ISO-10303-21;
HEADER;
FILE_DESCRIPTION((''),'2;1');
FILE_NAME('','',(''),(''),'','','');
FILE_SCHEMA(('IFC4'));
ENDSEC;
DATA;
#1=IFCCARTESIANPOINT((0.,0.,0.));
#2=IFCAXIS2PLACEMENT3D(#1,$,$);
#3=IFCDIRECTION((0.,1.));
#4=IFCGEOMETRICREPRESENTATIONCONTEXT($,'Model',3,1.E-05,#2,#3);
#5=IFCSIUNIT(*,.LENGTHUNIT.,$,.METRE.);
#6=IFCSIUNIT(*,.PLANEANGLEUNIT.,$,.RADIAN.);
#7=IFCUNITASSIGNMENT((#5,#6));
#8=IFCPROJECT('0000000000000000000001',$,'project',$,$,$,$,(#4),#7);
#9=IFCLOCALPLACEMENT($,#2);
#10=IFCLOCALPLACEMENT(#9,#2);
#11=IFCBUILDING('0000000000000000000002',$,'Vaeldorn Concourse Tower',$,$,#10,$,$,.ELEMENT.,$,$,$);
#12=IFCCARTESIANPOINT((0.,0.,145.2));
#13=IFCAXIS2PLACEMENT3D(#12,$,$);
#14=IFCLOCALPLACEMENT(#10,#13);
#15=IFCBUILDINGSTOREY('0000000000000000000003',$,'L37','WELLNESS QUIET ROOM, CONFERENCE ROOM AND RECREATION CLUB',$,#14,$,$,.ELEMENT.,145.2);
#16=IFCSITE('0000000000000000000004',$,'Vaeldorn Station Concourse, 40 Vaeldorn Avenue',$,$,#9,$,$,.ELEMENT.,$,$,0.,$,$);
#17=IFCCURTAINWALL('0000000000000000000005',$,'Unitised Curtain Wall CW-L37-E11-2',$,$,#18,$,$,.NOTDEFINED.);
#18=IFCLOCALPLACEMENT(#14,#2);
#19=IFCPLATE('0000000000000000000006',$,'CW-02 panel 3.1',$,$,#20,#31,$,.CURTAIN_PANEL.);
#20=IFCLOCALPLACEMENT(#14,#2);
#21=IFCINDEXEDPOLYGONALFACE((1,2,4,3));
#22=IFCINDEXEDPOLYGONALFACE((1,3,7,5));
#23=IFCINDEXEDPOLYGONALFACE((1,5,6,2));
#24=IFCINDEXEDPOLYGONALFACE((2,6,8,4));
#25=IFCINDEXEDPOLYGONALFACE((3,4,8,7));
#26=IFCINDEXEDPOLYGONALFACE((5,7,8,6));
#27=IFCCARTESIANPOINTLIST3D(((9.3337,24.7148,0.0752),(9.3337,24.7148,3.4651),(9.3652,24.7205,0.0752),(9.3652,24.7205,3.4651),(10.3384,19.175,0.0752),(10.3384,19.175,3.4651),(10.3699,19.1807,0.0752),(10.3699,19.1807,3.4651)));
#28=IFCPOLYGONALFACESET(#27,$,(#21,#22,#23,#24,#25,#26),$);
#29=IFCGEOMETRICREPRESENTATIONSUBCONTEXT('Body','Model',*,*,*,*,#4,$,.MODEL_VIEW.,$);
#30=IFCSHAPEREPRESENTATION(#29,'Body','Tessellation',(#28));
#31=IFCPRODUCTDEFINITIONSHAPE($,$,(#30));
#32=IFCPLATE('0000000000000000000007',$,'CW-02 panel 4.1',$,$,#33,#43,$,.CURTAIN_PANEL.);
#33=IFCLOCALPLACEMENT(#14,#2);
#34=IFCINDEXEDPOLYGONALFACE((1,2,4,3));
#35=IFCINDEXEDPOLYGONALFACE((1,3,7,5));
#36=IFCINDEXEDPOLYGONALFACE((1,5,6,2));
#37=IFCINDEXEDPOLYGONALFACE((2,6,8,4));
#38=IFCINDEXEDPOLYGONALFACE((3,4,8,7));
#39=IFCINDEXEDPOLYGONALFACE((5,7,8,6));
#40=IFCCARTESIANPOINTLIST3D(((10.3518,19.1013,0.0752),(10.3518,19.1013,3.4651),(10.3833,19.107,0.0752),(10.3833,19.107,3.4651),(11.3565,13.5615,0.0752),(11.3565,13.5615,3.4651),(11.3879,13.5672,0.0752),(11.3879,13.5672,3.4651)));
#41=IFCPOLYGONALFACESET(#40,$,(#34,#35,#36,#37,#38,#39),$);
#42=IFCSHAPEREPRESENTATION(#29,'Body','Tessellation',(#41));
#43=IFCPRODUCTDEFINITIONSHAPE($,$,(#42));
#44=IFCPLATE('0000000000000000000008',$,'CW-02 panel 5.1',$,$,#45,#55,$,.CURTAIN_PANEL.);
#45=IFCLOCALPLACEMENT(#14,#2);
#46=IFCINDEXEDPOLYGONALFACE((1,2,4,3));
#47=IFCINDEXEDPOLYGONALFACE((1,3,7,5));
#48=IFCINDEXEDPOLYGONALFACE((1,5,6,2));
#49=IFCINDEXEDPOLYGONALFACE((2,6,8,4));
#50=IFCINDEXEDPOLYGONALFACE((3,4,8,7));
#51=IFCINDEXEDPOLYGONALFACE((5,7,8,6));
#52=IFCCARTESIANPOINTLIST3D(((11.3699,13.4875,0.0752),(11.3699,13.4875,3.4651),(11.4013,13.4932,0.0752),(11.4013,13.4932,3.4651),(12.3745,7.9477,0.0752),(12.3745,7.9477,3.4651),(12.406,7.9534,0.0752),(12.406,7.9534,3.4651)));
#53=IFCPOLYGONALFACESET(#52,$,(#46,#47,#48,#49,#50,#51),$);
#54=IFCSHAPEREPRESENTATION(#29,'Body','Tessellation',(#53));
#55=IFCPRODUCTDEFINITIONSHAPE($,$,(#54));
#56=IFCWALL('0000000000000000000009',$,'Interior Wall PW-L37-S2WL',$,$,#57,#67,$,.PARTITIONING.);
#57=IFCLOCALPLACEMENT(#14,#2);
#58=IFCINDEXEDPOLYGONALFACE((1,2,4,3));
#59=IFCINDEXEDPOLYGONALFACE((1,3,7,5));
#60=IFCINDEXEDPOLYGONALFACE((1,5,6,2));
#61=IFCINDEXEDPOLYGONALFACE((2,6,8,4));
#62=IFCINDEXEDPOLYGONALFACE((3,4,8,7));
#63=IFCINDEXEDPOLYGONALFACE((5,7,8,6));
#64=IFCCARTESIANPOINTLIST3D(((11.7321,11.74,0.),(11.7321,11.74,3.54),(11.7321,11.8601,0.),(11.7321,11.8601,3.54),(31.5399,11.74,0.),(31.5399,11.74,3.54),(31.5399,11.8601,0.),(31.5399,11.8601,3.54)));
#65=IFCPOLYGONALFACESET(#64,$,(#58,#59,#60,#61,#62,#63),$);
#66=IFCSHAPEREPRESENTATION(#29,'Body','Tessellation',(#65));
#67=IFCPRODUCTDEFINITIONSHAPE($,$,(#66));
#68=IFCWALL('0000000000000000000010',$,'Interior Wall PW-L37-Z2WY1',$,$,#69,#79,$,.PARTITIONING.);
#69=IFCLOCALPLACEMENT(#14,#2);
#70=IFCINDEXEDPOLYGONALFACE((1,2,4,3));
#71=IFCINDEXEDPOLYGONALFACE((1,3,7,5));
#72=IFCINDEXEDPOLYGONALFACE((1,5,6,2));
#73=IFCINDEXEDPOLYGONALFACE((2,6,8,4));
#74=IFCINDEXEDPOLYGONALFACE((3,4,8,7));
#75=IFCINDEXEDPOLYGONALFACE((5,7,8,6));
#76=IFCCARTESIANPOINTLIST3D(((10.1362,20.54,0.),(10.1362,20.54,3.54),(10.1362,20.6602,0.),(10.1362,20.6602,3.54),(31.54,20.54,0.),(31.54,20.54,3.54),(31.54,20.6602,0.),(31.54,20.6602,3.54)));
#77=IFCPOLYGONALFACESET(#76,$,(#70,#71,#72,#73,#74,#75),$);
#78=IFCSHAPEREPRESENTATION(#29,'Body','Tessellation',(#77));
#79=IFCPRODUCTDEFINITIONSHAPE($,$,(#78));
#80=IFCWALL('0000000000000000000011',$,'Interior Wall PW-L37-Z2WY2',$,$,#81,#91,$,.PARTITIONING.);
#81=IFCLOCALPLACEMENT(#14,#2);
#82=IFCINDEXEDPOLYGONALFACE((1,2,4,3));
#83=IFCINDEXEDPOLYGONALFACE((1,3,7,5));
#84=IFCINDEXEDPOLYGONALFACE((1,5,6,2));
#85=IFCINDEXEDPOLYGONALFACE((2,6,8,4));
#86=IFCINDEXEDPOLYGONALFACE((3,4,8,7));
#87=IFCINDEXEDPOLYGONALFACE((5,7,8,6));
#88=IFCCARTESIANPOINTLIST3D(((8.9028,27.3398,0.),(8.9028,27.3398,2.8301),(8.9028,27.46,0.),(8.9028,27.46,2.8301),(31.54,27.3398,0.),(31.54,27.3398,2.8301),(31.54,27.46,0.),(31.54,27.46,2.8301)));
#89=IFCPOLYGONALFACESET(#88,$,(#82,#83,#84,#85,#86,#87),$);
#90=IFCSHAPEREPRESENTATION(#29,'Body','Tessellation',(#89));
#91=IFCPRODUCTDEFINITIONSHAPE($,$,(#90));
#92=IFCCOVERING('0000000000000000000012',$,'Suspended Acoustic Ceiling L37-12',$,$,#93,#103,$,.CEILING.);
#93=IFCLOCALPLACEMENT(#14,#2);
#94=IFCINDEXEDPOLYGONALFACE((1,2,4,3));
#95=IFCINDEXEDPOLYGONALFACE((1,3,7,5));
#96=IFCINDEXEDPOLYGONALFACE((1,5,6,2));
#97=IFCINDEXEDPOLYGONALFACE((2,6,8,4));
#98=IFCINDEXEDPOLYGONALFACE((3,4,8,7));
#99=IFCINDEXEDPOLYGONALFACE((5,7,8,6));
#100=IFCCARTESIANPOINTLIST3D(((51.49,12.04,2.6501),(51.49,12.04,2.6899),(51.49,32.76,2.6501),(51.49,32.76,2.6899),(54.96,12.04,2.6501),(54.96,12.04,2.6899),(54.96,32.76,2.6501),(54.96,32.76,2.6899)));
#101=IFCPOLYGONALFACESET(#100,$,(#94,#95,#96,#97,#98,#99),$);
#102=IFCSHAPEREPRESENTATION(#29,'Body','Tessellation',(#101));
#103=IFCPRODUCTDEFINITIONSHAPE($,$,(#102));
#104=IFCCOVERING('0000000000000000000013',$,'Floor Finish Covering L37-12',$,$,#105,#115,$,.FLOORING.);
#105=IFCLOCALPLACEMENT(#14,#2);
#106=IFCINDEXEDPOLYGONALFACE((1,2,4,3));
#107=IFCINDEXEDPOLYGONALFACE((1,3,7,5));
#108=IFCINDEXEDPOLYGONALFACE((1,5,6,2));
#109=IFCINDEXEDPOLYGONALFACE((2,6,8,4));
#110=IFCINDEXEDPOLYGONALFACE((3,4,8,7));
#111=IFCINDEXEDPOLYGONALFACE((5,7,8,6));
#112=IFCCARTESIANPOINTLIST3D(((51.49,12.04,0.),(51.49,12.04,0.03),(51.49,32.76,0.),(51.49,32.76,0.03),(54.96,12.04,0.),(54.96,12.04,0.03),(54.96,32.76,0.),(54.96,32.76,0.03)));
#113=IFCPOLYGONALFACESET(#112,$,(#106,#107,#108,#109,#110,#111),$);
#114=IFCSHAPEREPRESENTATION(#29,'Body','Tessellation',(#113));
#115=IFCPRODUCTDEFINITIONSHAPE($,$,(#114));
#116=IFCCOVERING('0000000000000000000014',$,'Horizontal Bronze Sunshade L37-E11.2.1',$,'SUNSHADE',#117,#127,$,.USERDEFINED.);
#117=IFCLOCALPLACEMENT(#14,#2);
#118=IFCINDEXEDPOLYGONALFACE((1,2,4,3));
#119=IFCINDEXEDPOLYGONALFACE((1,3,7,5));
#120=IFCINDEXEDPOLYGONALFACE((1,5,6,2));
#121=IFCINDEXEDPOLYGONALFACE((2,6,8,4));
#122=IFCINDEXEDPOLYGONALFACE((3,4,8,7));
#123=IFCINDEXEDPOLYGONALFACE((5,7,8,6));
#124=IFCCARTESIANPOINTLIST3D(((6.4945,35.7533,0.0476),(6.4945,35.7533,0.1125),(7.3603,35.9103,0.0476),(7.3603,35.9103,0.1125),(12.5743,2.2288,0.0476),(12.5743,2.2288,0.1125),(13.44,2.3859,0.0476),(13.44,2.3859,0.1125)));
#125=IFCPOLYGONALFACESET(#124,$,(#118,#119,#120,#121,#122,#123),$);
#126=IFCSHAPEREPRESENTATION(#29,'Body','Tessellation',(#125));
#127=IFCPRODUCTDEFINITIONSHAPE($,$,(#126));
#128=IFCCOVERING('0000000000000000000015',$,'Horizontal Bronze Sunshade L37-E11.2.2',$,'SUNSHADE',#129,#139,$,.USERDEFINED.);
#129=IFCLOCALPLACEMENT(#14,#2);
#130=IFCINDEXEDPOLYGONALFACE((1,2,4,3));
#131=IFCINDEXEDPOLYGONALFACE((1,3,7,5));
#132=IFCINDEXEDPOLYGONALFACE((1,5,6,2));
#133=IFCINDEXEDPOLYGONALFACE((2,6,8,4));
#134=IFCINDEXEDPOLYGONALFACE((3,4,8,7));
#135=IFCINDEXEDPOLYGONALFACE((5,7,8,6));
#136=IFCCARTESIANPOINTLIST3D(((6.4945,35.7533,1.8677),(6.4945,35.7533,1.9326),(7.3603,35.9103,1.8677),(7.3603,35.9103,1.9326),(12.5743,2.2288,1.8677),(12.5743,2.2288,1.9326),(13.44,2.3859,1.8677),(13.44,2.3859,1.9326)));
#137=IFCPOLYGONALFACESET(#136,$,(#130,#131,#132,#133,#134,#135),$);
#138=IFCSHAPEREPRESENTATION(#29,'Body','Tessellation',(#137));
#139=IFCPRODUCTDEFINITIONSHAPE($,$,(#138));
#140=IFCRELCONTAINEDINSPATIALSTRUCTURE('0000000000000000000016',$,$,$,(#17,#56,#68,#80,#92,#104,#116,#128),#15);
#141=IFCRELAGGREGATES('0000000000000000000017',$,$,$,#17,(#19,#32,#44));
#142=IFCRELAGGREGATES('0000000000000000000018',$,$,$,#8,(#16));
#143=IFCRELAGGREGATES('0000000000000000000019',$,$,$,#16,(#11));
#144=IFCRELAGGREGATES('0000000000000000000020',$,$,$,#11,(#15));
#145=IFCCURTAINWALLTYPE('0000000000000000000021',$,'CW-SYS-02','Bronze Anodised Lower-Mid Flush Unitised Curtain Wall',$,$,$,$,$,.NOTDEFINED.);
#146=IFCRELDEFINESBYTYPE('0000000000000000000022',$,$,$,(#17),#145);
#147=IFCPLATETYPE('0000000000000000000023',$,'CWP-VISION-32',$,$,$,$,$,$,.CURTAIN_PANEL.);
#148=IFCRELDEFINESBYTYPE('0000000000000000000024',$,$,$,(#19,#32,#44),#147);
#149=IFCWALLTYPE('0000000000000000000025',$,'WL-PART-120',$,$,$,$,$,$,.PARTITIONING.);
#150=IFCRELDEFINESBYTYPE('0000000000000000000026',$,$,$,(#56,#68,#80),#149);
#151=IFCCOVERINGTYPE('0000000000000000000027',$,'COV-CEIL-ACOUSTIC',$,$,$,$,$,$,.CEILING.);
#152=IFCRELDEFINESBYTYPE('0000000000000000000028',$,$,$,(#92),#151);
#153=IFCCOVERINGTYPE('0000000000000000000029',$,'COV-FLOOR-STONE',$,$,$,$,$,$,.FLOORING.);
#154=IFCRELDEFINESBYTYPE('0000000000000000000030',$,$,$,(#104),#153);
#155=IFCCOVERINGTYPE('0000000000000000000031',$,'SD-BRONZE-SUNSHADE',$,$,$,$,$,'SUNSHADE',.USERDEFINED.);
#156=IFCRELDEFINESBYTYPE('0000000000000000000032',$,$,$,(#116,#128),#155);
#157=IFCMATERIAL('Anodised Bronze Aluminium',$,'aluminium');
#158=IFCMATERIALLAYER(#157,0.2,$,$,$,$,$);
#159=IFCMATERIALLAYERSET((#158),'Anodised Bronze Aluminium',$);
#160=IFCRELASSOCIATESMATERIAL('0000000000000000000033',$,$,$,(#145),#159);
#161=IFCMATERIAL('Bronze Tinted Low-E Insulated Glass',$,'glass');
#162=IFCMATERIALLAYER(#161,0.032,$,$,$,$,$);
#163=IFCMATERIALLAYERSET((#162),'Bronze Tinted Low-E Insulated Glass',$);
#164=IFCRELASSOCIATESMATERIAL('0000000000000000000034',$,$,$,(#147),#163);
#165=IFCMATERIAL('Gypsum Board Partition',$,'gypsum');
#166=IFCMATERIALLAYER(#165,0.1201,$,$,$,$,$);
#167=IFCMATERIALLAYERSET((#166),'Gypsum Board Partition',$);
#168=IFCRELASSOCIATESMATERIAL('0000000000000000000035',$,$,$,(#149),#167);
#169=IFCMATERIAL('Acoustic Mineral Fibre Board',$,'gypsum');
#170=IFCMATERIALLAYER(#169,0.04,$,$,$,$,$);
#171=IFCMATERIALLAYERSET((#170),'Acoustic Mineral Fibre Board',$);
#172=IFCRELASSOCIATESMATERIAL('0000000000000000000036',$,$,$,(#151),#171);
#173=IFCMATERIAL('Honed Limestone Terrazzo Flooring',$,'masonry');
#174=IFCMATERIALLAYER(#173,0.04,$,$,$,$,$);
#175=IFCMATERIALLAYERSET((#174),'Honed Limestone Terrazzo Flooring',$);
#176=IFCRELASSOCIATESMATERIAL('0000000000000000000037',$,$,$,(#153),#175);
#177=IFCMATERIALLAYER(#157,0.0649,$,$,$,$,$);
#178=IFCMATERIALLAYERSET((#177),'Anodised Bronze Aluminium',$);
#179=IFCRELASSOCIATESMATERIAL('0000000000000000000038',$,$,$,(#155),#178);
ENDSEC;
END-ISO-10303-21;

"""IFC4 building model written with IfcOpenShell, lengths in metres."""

from ifc_helpers import new_model, si_unit, direction, frame, frame_2d, origin, origin_2d, place, context, subcontext, project, spatial, polyline, rectangle, outline, extrude, source, transform, mapped, material, layer, layer_set, type_object, element, aggregate, save


model = new_model("IFC4")

# Units and contexts
model_context = context("Model", 3, precision=1e-05, world=origin(), true_north=direction((0.0, 1.0)))
body_context = subcontext(model_context, "Body", "Model", "MODEL_VIEW")
ifc_project = project(units=[si_unit("LENGTHUNIT", "METRE"), si_unit("PLANEANGLEUNIT", "RADIAN")], contexts=[model_context])

# Site, building, storey
site_placement = place(None, origin())
site = spatial("IfcSite", under=ifc_project, at=site_placement, Name="Vaeldorn Station Concourse, 40 Vaeldorn Avenue", CompositionType="ELEMENT", RefElevation=0.0)
building_placement = place(site_placement, origin())
building = spatial("IfcBuilding", under=site, at=building_placement, Name="Vaeldorn Concourse Tower", CompositionType="ELEMENT")
storey_placement = place(building_placement, frame((0.0, 0.0, 145.2)))
storey = spatial("IfcBuildingStorey", under=building, at=storey_placement, Name="L37", Description="WELLNESS QUIET ROOM, CONFERENCE ROOM AND RECREATION CLUB", CompositionType="ELEMENT", Elevation=145.2)

# Curtain wall, plates
ifc_material_1 = material(Name="Anodised Bronze Aluminium", Category="aluminium")
ifc_layer_1 = layer(ifc_material_1, 0.2)
ifc_layer_set_1 = layer_set([ifc_layer_1], Name="Anodised Bronze Aluminium")
curtain_wall_type = type_object("IfcCurtainWallType", Name="CW-SYS-02", Description="Bronze Anodised Lower-Mid Flush Unitised Curtain Wall", PredefinedType="NOTDEFINED", material=ifc_layer_set_1)
curtain_wall_placement = place(storey_placement, origin())
curtain_wall = element("IfcCurtainWall", 1, at=curtain_wall_placement, inside=storey, type_object=curtain_wall_type, Name="Unitised Curtain Wall CW-L37-E11-2", PredefinedType="NOTDEFINED")
ifc_material_2 = material(Name="Bronze Tinted Low-E Insulated Glass", Category="glass")
ifc_layer_2 = layer(ifc_material_2, 0.032)
ifc_layer_set_2 = layer_set([ifc_layer_2], Name="Bronze Tinted Low-E Insulated Glass")
plate_type = type_object("IfcPlateType", Name="CWP-VISION-32", PredefinedType="CURTAIN_PANEL", material=ifc_layer_set_2)
shared_shape_1 = source(origin(), body_context, "Body", "SweptSolid", [
    extrude(rectangle(XDim=5.6301, YDim=0.032, at=origin_2d()), origin(), (0.0, 0.0, 1.0), 3.3899),
])
plate_1_placement = place(storey_placement, frame((9.8518, 21.9478, 0.0752), z_axis=(0.0, 0.0, 1.0), x_axis=(0.178447, -0.98395, 0.0)))
plate_1 = element("IfcPlate", 2, at=plate_1_placement, type_object=plate_type, Name="CW-02 panel 3.1", PredefinedType="CURTAIN_PANEL", context=body_context, shape_type="MappedRepresentation", body=[
    mapped(shared_shape_1, transform((0.0, 0.0, 0.0), scale=1.0)),
])
plate_2_placement = place(storey_placement, frame((10.8699, 16.3342, 0.0752), z_axis=(0.0, 0.0, 1.0), x_axis=(0.178447, -0.98395, 0.0)))
plate_2 = element("IfcPlate", 3, at=plate_2_placement, type_object=plate_type, Name="CW-02 panel 4.1", PredefinedType="CURTAIN_PANEL", context=body_context, shape_type="MappedRepresentation", body=[
    mapped(shared_shape_1, transform((0.0, 0.0, 0.0), scale=1.0)),
])
plate_3_placement = place(storey_placement, frame((11.8879, 10.7205, 0.0752), z_axis=(0.0, 0.0, 1.0), x_axis=(0.178447, -0.98395, 0.0)))
plate_3 = element("IfcPlate", 4, at=plate_3_placement, type_object=plate_type, Name="CW-02 panel 5.1", PredefinedType="CURTAIN_PANEL", context=body_context, shape_type="MappedRepresentation", body=[
    mapped(shared_shape_1, transform((0.0, 0.0, 0.0), scale=1.0)),
])
aggregate(curtain_wall, [plate_1, plate_2, plate_3])

# Walls
ifc_material_3 = material(Name="Gypsum Board Partition", Category="gypsum")
ifc_layer_3 = layer(ifc_material_3, 0.1201)
ifc_layer_set_3 = layer_set([ifc_layer_3], Name="Gypsum Board Partition")
wall_type = type_object("IfcWallType", Name="WL-PART-120", PredefinedType="PARTITIONING", material=ifc_layer_set_3)
wall_1_placement = place(storey_placement, frame((11.7322, 11.8, 0.0), z_axis=(0.0, 0.0, 1.0), x_axis=(1.0, 0.0, 0.0)))
element("IfcWall", 5, at=wall_1_placement, inside=storey, type_object=wall_type, Name="Interior Wall PW-L37-S2WL", PredefinedType="PARTITIONING", context=body_context, shape_type="SweptSolid", body=[
    extrude(rectangle(XDim=19.8079, YDim=0.1201, at=frame_2d((9.9038, 0.0))), origin(), (0.0, 0.0, 1.0), 3.54),
])
wall_2_placement = place(storey_placement, frame((10.1362, 20.6001, 0.0), z_axis=(0.0, 0.0, 1.0), x_axis=(1.0, 0.0, 0.0)))
element("IfcWall", 6, at=wall_2_placement, inside=storey, type_object=wall_type, Name="Interior Wall PW-L37-Z2WY1", PredefinedType="PARTITIONING", context=body_context, shape_type="SweptSolid", body=[
    extrude(rectangle(XDim=21.4038, YDim=0.1201, at=frame_2d((10.7019, 0.0))), origin(), (0.0, 0.0, 1.0), 3.54),
])
wall_3_placement = place(storey_placement, frame((8.9028, 27.3999, 0.0), z_axis=(0.0, 0.0, 1.0), x_axis=(1.0, 0.0, 0.0)))
element("IfcWall", 7, at=wall_3_placement, inside=storey, type_object=wall_type, Name="Interior Wall PW-L37-Z2WY2", PredefinedType="PARTITIONING", context=body_context, shape_type="SweptSolid", body=[
    extrude(rectangle(XDim=22.6372, YDim=0.1201, at=frame_2d((11.3186, 0.0))), origin(), (0.0, 0.0, 1.0), 2.8301),
])

# Coverings
ifc_material_4 = material(Name="Acoustic Mineral Fibre Board", Category="gypsum")
ifc_layer_4 = layer(ifc_material_4, 0.04)
ifc_layer_set_4 = layer_set([ifc_layer_4], Name="Acoustic Mineral Fibre Board")
covering_type_1 = type_object("IfcCoveringType", Name="COV-CEIL-ACOUSTIC", PredefinedType="CEILING", material=ifc_layer_set_4)
covering_1_placement = place(storey_placement, frame((0.0, 0.0, 2.6501)))
element("IfcCovering", 8, at=covering_1_placement, inside=storey, type_object=covering_type_1, Name="Suspended Acoustic Ceiling L37-12", PredefinedType="CEILING", context=body_context, shape_type="SweptSolid", body=[
    extrude(outline(polyline([(51.49, 32.76), (54.96, 32.76), (54.96, 12.04), (51.49, 12.04), (51.49, 32.76)])), origin(), (0.0, 0.0, 1.0), 0.0398),
])
ifc_material_5 = material(Name="Honed Limestone Terrazzo Flooring", Category="masonry")
ifc_layer_5 = layer(ifc_material_5, 0.04)
ifc_layer_set_5 = layer_set([ifc_layer_5], Name="Honed Limestone Terrazzo Flooring")
covering_type_2 = type_object("IfcCoveringType", Name="COV-FLOOR-STONE", PredefinedType="FLOORING", material=ifc_layer_set_5)
covering_2_placement = place(storey_placement, origin())
element("IfcCovering", 9, at=covering_2_placement, inside=storey, type_object=covering_type_2, Name="Floor Finish Covering L37-12", PredefinedType="FLOORING", context=body_context, shape_type="SweptSolid", body=[
    extrude(outline(polyline([(51.49, 32.76), (54.96, 32.76), (54.96, 12.04), (51.49, 12.04), (51.49, 32.76)])), origin(), (0.0, 0.0, 1.0), 0.03),
])
ifc_layer_6 = layer(ifc_material_1, 0.0649)
ifc_layer_set_6 = layer_set([ifc_layer_6], Name="Anodised Bronze Aluminium")
covering_type_3 = type_object("IfcCoveringType", Name="SD-BRONZE-SUNSHADE", ElementType="SUNSHADE", PredefinedType="USERDEFINED", material=ifc_layer_set_6)
shared_shape_2 = source(origin(), body_context, "Body", "SweptSolid", [
    extrude(rectangle(XDim=34.0713, YDim=0.8799, at=origin_2d()), origin(), (0.0, 0.0, 1.0), 0.0649),
])
for number, where, z_axis, x_axis, name in (
    (10, (9.9673, 19.0696, 0.0476), (0.0, 0.0, 1.0), (0.178442, -0.983951, 0.0), "Horizontal Bronze Sunshade L37-E11.2.1"),
    (11, (9.9673, 19.0696, 1.8677), (0.0, 0.0, 1.0), (0.178442, -0.983951, 0.0), "Horizontal Bronze Sunshade L37-E11.2.2"),
):
    element("IfcCovering", number, at=place(storey_placement, frame(where, z_axis=z_axis, x_axis=x_axis)), inside=storey, type_object=covering_type_3, Name=name, ObjectType="SUNSHADE", PredefinedType="USERDEFINED", context=body_context, shape_type="MappedRepresentation", body=[
        mapped(shared_shape_2, transform((0.0, 0.0, 0.0), scale=1.0)),
    ])

save(model, "model.ifc")
